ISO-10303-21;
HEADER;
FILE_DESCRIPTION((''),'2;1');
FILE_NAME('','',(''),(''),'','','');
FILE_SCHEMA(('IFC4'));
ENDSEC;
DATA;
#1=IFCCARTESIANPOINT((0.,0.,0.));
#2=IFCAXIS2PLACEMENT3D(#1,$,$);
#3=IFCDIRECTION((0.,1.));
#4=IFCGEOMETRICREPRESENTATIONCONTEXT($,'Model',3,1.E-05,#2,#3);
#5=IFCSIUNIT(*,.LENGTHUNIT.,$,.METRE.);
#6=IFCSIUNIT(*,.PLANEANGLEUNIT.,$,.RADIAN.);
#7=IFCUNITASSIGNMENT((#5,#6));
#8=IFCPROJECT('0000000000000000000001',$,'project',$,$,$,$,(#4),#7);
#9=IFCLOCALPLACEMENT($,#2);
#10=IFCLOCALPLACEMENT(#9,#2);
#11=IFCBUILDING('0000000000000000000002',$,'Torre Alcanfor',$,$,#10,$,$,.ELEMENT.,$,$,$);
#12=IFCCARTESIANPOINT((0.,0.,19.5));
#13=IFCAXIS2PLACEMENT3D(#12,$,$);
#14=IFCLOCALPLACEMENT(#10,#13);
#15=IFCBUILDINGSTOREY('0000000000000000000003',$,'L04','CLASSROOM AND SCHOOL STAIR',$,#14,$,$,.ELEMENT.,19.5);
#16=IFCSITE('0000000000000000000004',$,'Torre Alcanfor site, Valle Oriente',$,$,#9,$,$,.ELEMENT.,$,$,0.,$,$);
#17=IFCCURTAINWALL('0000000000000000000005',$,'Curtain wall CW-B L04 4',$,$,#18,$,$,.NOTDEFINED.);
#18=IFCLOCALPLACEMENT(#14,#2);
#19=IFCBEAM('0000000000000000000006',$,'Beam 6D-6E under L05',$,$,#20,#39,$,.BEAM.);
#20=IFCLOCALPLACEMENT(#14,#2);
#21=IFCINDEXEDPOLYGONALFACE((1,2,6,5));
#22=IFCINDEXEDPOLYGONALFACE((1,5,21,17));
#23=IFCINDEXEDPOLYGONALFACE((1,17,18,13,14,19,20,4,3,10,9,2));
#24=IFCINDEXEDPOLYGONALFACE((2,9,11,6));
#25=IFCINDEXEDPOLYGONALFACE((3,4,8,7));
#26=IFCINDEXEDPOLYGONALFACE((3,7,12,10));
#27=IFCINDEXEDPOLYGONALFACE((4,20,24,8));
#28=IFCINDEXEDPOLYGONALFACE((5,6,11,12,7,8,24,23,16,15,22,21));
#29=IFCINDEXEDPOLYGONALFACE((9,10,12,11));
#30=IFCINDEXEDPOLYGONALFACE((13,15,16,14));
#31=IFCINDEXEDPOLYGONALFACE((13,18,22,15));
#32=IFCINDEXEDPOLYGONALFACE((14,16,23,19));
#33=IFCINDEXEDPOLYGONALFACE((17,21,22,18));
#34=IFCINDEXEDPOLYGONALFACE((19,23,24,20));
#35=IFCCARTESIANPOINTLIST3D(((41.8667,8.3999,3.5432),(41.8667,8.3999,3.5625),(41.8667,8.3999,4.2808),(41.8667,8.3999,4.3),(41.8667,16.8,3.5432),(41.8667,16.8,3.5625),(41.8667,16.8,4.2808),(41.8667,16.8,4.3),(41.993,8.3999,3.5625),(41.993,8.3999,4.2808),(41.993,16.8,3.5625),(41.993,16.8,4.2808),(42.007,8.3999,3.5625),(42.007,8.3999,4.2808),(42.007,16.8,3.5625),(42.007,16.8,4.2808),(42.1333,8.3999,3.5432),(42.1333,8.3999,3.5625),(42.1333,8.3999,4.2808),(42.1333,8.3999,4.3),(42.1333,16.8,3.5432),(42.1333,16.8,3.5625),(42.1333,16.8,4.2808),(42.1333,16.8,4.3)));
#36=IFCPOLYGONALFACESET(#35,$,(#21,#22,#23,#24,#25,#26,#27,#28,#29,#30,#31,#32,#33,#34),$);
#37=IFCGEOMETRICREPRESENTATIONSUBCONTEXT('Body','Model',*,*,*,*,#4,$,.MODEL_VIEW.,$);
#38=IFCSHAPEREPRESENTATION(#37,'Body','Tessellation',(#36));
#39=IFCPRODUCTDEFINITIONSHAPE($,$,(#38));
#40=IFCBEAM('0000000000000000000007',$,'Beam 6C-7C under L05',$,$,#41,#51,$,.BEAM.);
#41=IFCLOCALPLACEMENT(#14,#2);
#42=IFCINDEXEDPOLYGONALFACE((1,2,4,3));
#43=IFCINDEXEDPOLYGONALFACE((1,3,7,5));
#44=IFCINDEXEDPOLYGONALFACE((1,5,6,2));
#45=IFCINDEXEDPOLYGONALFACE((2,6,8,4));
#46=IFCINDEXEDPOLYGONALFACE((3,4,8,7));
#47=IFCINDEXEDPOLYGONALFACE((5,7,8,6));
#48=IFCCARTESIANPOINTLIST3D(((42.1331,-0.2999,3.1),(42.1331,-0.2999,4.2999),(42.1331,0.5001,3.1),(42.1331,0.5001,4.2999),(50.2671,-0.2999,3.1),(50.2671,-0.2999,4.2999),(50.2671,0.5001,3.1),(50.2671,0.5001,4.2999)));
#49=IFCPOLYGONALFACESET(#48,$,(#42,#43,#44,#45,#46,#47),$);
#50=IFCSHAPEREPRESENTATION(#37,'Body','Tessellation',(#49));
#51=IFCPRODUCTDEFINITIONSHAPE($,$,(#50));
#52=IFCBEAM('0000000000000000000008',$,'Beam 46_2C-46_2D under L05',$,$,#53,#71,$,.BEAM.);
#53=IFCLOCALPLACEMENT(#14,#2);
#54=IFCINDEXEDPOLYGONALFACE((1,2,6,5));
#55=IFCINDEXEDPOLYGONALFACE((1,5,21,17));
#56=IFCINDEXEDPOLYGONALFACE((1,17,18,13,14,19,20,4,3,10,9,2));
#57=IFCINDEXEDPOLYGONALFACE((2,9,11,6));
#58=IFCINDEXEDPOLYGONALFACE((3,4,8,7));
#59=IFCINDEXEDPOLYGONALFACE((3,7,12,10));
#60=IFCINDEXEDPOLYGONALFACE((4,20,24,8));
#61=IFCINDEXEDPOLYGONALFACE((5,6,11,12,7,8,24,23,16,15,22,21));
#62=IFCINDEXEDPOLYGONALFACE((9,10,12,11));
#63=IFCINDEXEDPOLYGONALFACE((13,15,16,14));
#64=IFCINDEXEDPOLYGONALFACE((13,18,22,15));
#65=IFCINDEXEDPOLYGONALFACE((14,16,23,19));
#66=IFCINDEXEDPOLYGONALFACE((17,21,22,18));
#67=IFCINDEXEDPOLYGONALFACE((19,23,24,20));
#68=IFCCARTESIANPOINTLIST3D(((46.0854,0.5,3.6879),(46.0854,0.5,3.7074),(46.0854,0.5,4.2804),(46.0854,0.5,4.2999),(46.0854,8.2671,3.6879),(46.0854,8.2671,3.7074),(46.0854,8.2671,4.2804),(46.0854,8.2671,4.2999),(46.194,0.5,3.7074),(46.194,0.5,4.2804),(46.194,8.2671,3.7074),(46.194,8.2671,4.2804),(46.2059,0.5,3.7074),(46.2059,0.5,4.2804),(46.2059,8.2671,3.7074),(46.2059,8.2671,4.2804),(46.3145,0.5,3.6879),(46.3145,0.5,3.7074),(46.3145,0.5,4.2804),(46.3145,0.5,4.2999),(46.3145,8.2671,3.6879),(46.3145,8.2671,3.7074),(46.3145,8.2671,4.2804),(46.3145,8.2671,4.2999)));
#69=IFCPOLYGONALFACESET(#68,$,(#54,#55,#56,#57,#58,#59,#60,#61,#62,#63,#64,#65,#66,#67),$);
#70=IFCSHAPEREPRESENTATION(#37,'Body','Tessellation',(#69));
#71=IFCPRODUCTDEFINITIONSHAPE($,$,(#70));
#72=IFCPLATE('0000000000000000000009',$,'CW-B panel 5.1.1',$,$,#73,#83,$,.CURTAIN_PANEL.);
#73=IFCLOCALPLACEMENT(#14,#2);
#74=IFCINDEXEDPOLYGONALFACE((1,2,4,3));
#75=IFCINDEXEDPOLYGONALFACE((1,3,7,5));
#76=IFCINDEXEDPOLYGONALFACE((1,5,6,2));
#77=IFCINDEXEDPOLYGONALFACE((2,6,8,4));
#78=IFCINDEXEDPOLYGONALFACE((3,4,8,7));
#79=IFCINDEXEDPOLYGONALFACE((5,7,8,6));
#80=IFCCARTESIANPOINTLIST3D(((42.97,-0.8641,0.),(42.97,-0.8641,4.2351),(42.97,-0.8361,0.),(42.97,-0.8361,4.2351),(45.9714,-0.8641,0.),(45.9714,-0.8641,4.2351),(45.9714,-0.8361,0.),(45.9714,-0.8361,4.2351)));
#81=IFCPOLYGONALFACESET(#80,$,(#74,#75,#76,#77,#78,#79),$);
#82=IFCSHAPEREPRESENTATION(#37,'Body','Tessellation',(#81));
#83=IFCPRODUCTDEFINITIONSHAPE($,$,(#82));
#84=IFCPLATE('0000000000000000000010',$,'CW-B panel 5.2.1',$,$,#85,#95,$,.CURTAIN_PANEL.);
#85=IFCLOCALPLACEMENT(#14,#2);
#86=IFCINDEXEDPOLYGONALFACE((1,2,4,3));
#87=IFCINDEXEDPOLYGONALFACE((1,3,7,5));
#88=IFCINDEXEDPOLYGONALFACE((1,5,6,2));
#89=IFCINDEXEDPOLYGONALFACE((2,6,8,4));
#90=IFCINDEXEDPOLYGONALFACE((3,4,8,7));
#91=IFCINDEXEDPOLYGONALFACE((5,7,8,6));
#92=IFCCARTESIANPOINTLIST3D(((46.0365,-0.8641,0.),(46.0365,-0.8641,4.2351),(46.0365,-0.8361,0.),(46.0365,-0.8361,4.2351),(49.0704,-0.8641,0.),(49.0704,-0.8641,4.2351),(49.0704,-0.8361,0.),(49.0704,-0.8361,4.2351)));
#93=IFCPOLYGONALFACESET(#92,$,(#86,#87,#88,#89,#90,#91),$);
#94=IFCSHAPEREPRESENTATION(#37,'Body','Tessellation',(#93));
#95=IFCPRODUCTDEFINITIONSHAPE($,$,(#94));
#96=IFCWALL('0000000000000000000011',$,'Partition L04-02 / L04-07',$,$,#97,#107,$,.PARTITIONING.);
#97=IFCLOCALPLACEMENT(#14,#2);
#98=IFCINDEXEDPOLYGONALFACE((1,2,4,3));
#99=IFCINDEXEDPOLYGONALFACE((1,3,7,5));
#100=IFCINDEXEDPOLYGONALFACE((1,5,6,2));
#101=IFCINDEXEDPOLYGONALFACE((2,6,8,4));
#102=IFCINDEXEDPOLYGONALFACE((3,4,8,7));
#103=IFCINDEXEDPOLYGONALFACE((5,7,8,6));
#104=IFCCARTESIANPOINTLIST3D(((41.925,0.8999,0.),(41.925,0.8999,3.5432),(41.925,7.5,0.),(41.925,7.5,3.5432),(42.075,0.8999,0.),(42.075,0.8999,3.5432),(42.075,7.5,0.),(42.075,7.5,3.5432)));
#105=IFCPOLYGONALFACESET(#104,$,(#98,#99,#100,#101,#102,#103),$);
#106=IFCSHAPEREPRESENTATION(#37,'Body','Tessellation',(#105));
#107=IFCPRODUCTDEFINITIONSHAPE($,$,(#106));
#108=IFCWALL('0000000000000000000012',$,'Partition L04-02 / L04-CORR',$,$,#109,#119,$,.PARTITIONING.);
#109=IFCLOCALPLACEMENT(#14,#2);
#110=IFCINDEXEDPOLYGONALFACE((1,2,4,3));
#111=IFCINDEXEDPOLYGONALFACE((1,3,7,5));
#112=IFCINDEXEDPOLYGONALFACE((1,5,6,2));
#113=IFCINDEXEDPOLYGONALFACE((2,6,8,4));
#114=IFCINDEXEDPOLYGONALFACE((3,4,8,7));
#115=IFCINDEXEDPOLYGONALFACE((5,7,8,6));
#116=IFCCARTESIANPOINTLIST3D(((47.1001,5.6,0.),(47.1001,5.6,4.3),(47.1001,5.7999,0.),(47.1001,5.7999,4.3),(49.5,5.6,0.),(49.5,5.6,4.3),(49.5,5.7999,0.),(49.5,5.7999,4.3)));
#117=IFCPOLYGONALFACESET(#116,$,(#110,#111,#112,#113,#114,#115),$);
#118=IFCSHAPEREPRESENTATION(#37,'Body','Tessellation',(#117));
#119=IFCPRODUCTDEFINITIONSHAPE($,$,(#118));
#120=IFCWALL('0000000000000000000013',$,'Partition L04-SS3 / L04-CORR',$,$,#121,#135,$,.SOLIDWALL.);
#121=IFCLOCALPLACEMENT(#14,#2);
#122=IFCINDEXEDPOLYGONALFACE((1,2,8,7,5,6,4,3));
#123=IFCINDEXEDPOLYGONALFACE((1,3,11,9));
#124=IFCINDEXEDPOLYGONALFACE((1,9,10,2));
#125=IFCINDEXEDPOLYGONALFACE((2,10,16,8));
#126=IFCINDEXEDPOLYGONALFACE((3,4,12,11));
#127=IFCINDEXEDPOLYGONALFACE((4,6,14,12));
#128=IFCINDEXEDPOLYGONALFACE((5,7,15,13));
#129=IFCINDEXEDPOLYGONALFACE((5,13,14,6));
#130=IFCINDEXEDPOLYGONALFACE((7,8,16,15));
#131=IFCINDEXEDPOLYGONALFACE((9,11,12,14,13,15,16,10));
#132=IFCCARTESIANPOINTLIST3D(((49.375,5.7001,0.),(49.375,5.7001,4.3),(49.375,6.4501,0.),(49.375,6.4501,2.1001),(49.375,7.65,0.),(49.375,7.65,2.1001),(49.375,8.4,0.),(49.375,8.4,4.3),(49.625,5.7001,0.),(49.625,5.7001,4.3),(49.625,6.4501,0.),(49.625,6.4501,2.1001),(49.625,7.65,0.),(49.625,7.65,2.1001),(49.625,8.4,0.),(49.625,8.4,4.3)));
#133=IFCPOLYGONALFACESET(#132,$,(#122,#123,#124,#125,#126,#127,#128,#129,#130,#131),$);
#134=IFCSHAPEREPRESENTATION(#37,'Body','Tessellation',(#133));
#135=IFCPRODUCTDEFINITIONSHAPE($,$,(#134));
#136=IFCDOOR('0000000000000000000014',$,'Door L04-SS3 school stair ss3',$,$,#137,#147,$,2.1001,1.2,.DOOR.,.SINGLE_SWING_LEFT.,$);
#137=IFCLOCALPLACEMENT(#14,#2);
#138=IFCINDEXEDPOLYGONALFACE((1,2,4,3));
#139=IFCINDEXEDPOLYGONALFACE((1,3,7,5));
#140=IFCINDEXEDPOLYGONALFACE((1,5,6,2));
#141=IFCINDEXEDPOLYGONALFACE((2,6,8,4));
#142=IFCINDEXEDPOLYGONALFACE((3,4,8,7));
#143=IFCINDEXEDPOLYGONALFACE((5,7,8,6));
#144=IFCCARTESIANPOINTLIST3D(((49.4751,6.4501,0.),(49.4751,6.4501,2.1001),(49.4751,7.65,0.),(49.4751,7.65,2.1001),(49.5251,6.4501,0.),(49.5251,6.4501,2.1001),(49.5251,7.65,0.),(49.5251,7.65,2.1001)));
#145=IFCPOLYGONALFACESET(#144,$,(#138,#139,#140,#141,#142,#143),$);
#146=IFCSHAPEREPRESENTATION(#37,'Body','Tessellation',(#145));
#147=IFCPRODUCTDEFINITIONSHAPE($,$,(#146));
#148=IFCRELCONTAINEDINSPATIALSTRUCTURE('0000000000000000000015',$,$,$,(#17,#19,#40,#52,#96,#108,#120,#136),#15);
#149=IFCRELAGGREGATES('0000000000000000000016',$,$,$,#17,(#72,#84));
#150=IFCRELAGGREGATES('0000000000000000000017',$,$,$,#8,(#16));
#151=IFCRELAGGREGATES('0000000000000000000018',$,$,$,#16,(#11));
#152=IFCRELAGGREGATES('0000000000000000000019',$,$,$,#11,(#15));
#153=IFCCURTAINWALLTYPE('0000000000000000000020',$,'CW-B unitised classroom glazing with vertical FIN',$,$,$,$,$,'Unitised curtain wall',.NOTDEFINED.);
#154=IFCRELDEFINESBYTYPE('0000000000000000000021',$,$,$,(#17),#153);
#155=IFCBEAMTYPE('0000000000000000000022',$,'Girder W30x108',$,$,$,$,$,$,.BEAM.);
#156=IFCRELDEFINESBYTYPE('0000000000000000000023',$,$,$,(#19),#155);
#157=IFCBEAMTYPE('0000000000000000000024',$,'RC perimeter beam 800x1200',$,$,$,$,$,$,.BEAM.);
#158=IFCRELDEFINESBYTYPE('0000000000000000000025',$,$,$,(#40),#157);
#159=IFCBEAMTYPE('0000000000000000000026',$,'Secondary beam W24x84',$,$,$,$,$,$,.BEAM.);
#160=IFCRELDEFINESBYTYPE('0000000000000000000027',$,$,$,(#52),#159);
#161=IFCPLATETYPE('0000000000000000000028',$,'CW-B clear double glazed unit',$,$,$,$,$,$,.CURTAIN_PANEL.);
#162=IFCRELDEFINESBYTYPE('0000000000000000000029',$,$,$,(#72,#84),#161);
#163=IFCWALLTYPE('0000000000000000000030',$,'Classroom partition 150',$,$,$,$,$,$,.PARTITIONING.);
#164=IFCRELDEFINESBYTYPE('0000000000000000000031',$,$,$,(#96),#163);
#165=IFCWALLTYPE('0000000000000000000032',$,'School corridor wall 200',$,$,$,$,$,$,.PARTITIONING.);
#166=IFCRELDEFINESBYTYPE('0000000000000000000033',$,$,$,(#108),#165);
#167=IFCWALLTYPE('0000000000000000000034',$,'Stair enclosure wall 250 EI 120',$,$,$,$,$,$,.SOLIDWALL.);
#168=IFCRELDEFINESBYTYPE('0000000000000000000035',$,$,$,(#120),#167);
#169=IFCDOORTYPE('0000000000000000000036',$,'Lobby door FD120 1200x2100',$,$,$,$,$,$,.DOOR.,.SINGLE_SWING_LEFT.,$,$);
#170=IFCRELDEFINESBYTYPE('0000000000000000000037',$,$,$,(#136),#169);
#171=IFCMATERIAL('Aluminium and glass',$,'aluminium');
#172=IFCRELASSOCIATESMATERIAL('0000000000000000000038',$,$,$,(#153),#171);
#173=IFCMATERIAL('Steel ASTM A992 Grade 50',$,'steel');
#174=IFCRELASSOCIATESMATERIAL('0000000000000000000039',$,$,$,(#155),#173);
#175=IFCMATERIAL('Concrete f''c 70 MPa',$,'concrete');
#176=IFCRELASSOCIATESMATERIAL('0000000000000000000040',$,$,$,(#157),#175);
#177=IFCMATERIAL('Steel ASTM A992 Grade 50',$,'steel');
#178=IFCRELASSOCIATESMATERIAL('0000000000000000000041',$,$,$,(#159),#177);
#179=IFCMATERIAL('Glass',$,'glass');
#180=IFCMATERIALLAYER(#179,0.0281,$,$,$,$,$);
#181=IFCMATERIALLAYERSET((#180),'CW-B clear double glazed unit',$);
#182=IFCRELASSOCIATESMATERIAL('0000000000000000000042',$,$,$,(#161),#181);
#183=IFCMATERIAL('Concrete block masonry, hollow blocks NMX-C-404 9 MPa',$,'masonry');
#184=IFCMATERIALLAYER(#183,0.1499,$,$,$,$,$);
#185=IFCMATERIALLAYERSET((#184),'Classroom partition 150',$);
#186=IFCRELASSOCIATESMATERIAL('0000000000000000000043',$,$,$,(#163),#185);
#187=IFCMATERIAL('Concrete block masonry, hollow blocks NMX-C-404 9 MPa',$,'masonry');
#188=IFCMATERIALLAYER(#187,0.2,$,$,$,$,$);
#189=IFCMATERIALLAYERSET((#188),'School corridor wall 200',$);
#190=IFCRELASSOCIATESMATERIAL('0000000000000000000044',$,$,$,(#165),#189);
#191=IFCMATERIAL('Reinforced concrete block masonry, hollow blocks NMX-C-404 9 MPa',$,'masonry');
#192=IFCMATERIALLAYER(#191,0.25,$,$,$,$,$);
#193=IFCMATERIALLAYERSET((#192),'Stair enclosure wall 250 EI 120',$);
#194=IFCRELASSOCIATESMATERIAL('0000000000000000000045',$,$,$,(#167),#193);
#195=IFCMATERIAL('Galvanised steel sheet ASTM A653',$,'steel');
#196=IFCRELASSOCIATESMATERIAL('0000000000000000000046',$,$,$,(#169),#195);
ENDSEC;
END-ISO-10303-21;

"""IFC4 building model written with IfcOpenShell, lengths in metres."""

from ifc_helpers import new_model, si_unit, direction, frame, frame_2d, origin, origin_2d, place, context, subcontext, project, spatial, rectangle, i_section, extrude, material, layer, layer_set, material_profile, profile_set, type_object, element, fill, aggregate, save


model = new_model("IFC4")

# Units and contexts
model_context = context("Model", 3, precision=1e-05, world=origin(), true_north=direction((0.0, 1.0)))
body_context = subcontext(model_context, "Body", "Model", "MODEL_VIEW")
ifc_project = project(units=[si_unit("LENGTHUNIT", "METRE"), si_unit("PLANEANGLEUNIT", "RADIAN")], contexts=[model_context])

# Site, building, storey
site_placement = place(None, origin())
site = spatial("IfcSite", under=ifc_project, at=site_placement, Name="Torre Alcanfor site, Valle Oriente", CompositionType="ELEMENT", RefElevation=0.0)
building_placement = place(site_placement, origin())
building = spatial("IfcBuilding", under=site, at=building_placement, Name="Torre Alcanfor", CompositionType="ELEMENT")
storey_placement = place(building_placement, frame((0.0, 0.0, 19.5)))
storey = spatial("IfcBuildingStorey", under=building, at=storey_placement, Name="L04", Description="CLASSROOM AND SCHOOL STAIR", CompositionType="ELEMENT", Elevation=19.5)

# Curtain wall
ifc_material_1 = material(Name="Aluminium and glass", Category="aluminium")
curtain_wall_type = type_object("IfcCurtainWallType", Name="CW-B unitised classroom glazing with vertical FIN", ElementType="Unitised curtain wall", PredefinedType="NOTDEFINED", material=ifc_material_1)
curtain_wall_placement = place(storey_placement, origin())
curtain_wall = element("IfcCurtainWall", 1, at=curtain_wall_placement, inside=storey, type_object=curtain_wall_type, Name="Curtain wall CW-B L04 4", PredefinedType="NOTDEFINED")

# Beams
ifc_material_2 = material(Name="Steel ASTM A992 Grade 50", Category="steel")
ifc_material_profile_1 = material_profile(ifc_material_2, i_section(OverallWidth=0.2666, OverallDepth=0.7568, WebThickness=0.0139, FlangeThickness=0.0193, at=origin_2d()), Name="W30x108")
ifc_profile_set_1 = profile_set([ifc_material_profile_1], Name="Steel ASTM A992 Grade 50")
beam_type_1 = type_object("IfcBeamType", Name="Girder W30x108", PredefinedType="BEAM", material=ifc_profile_set_1)
beam_1_placement = place(storey_placement, frame((42.0, 8.3999, 3.9216), z_axis=(0.0, 1.0, 0.0), x_axis=(-1.0, 0.0, 0.0)))
element("IfcBeam", 2, at=beam_1_placement, inside=storey, type_object=beam_type_1, Name="Beam 6D-6E under L05", PredefinedType="BEAM", context=body_context, shape_type="SweptSolid", body=[
    extrude(i_section(OverallWidth=0.2666, OverallDepth=0.7568, WebThickness=0.0139, FlangeThickness=0.0193, at=origin_2d()), origin(), (0.0, 0.0, 1.0), 8.4001),
])
ifc_material_3 = material(Name="Concrete f'c 70 MPa", Category="concrete")
ifc_material_profile_2 = material_profile(ifc_material_3, rectangle(XDim=0.8, YDim=1.2, at=origin_2d()), Name="800x1200")
ifc_profile_set_2 = profile_set([ifc_material_profile_2], Name="Concrete f'c 70 MPa")
beam_type_2 = type_object("IfcBeamType", Name="RC perimeter beam 800x1200", PredefinedType="BEAM", material=ifc_profile_set_2)
beam_2_placement = place(storey_placement, frame((42.1331, 0.1001, 3.7), z_axis=(1.0, 0.0, 0.0), x_axis=(0.0, 1.0, 0.0)))
element("IfcBeam", 3, at=beam_2_placement, inside=storey, type_object=beam_type_2, Name="Beam 6C-7C under L05", PredefinedType="BEAM", context=body_context, shape_type="SweptSolid", body=[
    extrude(rectangle(XDim=0.8, YDim=1.2, at=origin_2d()), origin(), (0.0, 0.0, 1.0), 8.134),
])
ifc_material_4 = material(Name="Steel ASTM A992 Grade 50", Category="steel")
ifc_material_profile_3 = material_profile(ifc_material_4, i_section(OverallWidth=0.229, OverallDepth=0.6121, WebThickness=0.012, FlangeThickness=0.0195, at=origin_2d()), Name="W24x84")
ifc_profile_set_3 = profile_set([ifc_material_profile_3], Name="Steel ASTM A992 Grade 50")
beam_type_3 = type_object("IfcBeamType", Name="Secondary beam W24x84", PredefinedType="BEAM", material=ifc_profile_set_3)
beam_3_placement = place(storey_placement, frame((46.2, 0.5, 3.9939), z_axis=(0.0, 1.0, 0.0), x_axis=(-1.0, 0.0, 0.0)))
element("IfcBeam", 4, at=beam_3_placement, inside=storey, type_object=beam_type_3, Name="Beam 46_2C-46_2D under L05", PredefinedType="BEAM", context=body_context, shape_type="SweptSolid", body=[
    extrude(i_section(OverallWidth=0.229, OverallDepth=0.6121, WebThickness=0.012, FlangeThickness=0.0195, at=origin_2d()), origin(), (0.0, 0.0, 1.0), 7.7671),
])

# Plates
ifc_material_5 = material(Name="Glass", Category="glass")
ifc_layer_1 = layer(ifc_material_5, 0.0281)
ifc_layer_set_1 = layer_set([ifc_layer_1], Name="CW-B clear double glazed unit")
plate_type = type_object("IfcPlateType", Name="CW-B clear double glazed unit", PredefinedType="CURTAIN_PANEL", material=ifc_layer_set_1)
plate_1_placement = place(storey_placement, frame((44.4707, -0.8501, 0.0), z_axis=(0.0, 0.0, 1.0), x_axis=(1.0, 0.0, 0.0)))
plate_1 = element("IfcPlate", 5, at=plate_1_placement, type_object=plate_type, Name="CW-B panel 5.1.1", PredefinedType="CURTAIN_PANEL", context=body_context, shape_type="SweptSolid", body=[
    extrude(rectangle(XDim=3.0015, YDim=0.0281, at=origin_2d()), origin(), (0.0, 0.0, 1.0), 4.2351),
])
plate_2_placement = place(storey_placement, frame((47.5535, -0.8501, 0.0), z_axis=(0.0, 0.0, 1.0), x_axis=(1.0, 0.0, 0.0)))
plate_2 = element("IfcPlate", 6, at=plate_2_placement, type_object=plate_type, Name="CW-B panel 5.2.1", PredefinedType="CURTAIN_PANEL", context=body_context, shape_type="SweptSolid", body=[
    extrude(rectangle(XDim=3.0339, YDim=0.0281, at=origin_2d()), origin(), (0.0, 0.0, 1.0), 4.2351),
])
aggregate(curtain_wall, [plate_1, plate_2])

# Walls
ifc_material_6 = material(Name="Concrete block masonry, hollow blocks NMX-C-404 9 MPa", Category="masonry")
ifc_layer_2 = layer(ifc_material_6, 0.1499)
ifc_layer_set_2 = layer_set([ifc_layer_2], Name="Classroom partition 150")
wall_type_1 = type_object("IfcWallType", Name="Classroom partition 150", PredefinedType="PARTITIONING", material=ifc_layer_set_2)
wall_1_placement = place(storey_placement, frame((42.0, 0.8999, 0.0), z_axis=(0.0, 0.0, 1.0), x_axis=(0.0, 1.0, 0.0)))
element("IfcWall", 7, at=wall_1_placement, inside=storey, type_object=wall_type_1, Name="Partition L04-02 / L04-07", PredefinedType="PARTITIONING", context=body_context, shape_type="SweptSolid", body=[
    extrude(rectangle(XDim=6.6001, YDim=0.1499, at=frame_2d((3.3, 0.0))), origin(), (0.0, 0.0, 1.0), 3.5432),
])
ifc_material_7 = material(Name="Concrete block masonry, hollow blocks NMX-C-404 9 MPa", Category="masonry")
ifc_layer_3 = layer(ifc_material_7, 0.2)
ifc_layer_set_3 = layer_set([ifc_layer_3], Name="School corridor wall 200")
wall_type_2 = type_object("IfcWallType", Name="School corridor wall 200", PredefinedType="PARTITIONING", material=ifc_layer_set_3)
wall_2_placement = place(storey_placement, frame((47.1001, 5.7, 0.0), z_axis=(0.0, 0.0, 1.0), x_axis=(1.0, 0.0, 0.0)))
element("IfcWall", 8, at=wall_2_placement, inside=storey, type_object=wall_type_2, Name="Partition L04-02 / L04-CORR", PredefinedType="PARTITIONING", context=body_context, shape_type="SweptSolid", body=[
    extrude(rectangle(XDim=2.3999, YDim=0.2, at=frame_2d((1.2, 0.0))), origin(), (0.0, 0.0, 1.0), 4.3),
])

# Wall, opening, door
ifc_material_8 = material(Name="Reinforced concrete block masonry, hollow blocks NMX-C-404 9 MPa", Category="masonry")
ifc_layer_4 = layer(ifc_material_8, 0.25)
ifc_layer_set_4 = layer_set([ifc_layer_4], Name="Stair enclosure wall 250 EI 120")
wall_type_3 = type_object("IfcWallType", Name="Stair enclosure wall 250 EI 120", PredefinedType="SOLIDWALL", material=ifc_layer_set_4)
wall_3_placement = place(storey_placement, frame((49.5, 5.7, 0.0), z_axis=(0.0, 0.0, 1.0), x_axis=(0.0, 1.0, 0.0)))
wall_3 = element("IfcWall", 9, at=wall_3_placement, inside=storey, type_object=wall_type_3, Name="Partition L04-SS3 / L04-CORR", PredefinedType="SOLIDWALL", context=body_context, shape_type="SweptSolid", body=[
    extrude(rectangle(XDim=2.7, YDim=0.25, at=frame_2d((1.3501, 0.0))), origin(), (0.0, 0.0, 1.0), 4.3),
])
opening_placement = place(wall_3_placement, frame((0.75, 0.0, 0.0)))
opening = element("IfcOpeningElement", 10, at=opening_placement, cuts=wall_3, PredefinedType="OPENING", context=body_context, shape_type="SweptSolid", body=[
    extrude(rectangle(XDim=1.2, YDim=2.1001, at=frame_2d((0.6001, 1.05))), frame((0.0, 0.135, 0.0), z_axis=(0.0, -1.0, 0.0), x_axis=(1.0, 0.0, 0.0)), (0.0, 0.0, 1.0), 0.27),
])
ifc_material_9 = material(Name="Galvanised steel sheet ASTM A653", Category="steel")
door_type = type_object("IfcDoorType", Name="Lobby door FD120 1200x2100", OperationType="SINGLE_SWING_LEFT", PredefinedType="DOOR", material=ifc_material_9)
door_placement = place(opening_placement, frame((1.2, 0.0, 0.0), z_axis=(0.0, 0.0, 1.0), x_axis=(-1.0, 0.0, 0.0)))
door = element("IfcDoor", 11, at=door_placement, inside=storey, type_object=door_type, Name="Door L04-SS3 school stair ss3", OperationType="SINGLE_SWING_LEFT", OverallHeight=2.1001, OverallWidth=1.2, PredefinedType="DOOR", context=body_context, shape_type="SweptSolid", body=[
    extrude(rectangle(XDim=1.2, YDim=2.1001, at=frame_2d((0.5999, 1.05))), frame((0.0, 0.0251, 0.0), z_axis=(0.0, -1.0, 0.0), x_axis=(1.0, 0.0, 0.0)), (0.0, 0.0, 1.0), 0.05),
])
fill(opening, door)

save(model, "model.ifc")
